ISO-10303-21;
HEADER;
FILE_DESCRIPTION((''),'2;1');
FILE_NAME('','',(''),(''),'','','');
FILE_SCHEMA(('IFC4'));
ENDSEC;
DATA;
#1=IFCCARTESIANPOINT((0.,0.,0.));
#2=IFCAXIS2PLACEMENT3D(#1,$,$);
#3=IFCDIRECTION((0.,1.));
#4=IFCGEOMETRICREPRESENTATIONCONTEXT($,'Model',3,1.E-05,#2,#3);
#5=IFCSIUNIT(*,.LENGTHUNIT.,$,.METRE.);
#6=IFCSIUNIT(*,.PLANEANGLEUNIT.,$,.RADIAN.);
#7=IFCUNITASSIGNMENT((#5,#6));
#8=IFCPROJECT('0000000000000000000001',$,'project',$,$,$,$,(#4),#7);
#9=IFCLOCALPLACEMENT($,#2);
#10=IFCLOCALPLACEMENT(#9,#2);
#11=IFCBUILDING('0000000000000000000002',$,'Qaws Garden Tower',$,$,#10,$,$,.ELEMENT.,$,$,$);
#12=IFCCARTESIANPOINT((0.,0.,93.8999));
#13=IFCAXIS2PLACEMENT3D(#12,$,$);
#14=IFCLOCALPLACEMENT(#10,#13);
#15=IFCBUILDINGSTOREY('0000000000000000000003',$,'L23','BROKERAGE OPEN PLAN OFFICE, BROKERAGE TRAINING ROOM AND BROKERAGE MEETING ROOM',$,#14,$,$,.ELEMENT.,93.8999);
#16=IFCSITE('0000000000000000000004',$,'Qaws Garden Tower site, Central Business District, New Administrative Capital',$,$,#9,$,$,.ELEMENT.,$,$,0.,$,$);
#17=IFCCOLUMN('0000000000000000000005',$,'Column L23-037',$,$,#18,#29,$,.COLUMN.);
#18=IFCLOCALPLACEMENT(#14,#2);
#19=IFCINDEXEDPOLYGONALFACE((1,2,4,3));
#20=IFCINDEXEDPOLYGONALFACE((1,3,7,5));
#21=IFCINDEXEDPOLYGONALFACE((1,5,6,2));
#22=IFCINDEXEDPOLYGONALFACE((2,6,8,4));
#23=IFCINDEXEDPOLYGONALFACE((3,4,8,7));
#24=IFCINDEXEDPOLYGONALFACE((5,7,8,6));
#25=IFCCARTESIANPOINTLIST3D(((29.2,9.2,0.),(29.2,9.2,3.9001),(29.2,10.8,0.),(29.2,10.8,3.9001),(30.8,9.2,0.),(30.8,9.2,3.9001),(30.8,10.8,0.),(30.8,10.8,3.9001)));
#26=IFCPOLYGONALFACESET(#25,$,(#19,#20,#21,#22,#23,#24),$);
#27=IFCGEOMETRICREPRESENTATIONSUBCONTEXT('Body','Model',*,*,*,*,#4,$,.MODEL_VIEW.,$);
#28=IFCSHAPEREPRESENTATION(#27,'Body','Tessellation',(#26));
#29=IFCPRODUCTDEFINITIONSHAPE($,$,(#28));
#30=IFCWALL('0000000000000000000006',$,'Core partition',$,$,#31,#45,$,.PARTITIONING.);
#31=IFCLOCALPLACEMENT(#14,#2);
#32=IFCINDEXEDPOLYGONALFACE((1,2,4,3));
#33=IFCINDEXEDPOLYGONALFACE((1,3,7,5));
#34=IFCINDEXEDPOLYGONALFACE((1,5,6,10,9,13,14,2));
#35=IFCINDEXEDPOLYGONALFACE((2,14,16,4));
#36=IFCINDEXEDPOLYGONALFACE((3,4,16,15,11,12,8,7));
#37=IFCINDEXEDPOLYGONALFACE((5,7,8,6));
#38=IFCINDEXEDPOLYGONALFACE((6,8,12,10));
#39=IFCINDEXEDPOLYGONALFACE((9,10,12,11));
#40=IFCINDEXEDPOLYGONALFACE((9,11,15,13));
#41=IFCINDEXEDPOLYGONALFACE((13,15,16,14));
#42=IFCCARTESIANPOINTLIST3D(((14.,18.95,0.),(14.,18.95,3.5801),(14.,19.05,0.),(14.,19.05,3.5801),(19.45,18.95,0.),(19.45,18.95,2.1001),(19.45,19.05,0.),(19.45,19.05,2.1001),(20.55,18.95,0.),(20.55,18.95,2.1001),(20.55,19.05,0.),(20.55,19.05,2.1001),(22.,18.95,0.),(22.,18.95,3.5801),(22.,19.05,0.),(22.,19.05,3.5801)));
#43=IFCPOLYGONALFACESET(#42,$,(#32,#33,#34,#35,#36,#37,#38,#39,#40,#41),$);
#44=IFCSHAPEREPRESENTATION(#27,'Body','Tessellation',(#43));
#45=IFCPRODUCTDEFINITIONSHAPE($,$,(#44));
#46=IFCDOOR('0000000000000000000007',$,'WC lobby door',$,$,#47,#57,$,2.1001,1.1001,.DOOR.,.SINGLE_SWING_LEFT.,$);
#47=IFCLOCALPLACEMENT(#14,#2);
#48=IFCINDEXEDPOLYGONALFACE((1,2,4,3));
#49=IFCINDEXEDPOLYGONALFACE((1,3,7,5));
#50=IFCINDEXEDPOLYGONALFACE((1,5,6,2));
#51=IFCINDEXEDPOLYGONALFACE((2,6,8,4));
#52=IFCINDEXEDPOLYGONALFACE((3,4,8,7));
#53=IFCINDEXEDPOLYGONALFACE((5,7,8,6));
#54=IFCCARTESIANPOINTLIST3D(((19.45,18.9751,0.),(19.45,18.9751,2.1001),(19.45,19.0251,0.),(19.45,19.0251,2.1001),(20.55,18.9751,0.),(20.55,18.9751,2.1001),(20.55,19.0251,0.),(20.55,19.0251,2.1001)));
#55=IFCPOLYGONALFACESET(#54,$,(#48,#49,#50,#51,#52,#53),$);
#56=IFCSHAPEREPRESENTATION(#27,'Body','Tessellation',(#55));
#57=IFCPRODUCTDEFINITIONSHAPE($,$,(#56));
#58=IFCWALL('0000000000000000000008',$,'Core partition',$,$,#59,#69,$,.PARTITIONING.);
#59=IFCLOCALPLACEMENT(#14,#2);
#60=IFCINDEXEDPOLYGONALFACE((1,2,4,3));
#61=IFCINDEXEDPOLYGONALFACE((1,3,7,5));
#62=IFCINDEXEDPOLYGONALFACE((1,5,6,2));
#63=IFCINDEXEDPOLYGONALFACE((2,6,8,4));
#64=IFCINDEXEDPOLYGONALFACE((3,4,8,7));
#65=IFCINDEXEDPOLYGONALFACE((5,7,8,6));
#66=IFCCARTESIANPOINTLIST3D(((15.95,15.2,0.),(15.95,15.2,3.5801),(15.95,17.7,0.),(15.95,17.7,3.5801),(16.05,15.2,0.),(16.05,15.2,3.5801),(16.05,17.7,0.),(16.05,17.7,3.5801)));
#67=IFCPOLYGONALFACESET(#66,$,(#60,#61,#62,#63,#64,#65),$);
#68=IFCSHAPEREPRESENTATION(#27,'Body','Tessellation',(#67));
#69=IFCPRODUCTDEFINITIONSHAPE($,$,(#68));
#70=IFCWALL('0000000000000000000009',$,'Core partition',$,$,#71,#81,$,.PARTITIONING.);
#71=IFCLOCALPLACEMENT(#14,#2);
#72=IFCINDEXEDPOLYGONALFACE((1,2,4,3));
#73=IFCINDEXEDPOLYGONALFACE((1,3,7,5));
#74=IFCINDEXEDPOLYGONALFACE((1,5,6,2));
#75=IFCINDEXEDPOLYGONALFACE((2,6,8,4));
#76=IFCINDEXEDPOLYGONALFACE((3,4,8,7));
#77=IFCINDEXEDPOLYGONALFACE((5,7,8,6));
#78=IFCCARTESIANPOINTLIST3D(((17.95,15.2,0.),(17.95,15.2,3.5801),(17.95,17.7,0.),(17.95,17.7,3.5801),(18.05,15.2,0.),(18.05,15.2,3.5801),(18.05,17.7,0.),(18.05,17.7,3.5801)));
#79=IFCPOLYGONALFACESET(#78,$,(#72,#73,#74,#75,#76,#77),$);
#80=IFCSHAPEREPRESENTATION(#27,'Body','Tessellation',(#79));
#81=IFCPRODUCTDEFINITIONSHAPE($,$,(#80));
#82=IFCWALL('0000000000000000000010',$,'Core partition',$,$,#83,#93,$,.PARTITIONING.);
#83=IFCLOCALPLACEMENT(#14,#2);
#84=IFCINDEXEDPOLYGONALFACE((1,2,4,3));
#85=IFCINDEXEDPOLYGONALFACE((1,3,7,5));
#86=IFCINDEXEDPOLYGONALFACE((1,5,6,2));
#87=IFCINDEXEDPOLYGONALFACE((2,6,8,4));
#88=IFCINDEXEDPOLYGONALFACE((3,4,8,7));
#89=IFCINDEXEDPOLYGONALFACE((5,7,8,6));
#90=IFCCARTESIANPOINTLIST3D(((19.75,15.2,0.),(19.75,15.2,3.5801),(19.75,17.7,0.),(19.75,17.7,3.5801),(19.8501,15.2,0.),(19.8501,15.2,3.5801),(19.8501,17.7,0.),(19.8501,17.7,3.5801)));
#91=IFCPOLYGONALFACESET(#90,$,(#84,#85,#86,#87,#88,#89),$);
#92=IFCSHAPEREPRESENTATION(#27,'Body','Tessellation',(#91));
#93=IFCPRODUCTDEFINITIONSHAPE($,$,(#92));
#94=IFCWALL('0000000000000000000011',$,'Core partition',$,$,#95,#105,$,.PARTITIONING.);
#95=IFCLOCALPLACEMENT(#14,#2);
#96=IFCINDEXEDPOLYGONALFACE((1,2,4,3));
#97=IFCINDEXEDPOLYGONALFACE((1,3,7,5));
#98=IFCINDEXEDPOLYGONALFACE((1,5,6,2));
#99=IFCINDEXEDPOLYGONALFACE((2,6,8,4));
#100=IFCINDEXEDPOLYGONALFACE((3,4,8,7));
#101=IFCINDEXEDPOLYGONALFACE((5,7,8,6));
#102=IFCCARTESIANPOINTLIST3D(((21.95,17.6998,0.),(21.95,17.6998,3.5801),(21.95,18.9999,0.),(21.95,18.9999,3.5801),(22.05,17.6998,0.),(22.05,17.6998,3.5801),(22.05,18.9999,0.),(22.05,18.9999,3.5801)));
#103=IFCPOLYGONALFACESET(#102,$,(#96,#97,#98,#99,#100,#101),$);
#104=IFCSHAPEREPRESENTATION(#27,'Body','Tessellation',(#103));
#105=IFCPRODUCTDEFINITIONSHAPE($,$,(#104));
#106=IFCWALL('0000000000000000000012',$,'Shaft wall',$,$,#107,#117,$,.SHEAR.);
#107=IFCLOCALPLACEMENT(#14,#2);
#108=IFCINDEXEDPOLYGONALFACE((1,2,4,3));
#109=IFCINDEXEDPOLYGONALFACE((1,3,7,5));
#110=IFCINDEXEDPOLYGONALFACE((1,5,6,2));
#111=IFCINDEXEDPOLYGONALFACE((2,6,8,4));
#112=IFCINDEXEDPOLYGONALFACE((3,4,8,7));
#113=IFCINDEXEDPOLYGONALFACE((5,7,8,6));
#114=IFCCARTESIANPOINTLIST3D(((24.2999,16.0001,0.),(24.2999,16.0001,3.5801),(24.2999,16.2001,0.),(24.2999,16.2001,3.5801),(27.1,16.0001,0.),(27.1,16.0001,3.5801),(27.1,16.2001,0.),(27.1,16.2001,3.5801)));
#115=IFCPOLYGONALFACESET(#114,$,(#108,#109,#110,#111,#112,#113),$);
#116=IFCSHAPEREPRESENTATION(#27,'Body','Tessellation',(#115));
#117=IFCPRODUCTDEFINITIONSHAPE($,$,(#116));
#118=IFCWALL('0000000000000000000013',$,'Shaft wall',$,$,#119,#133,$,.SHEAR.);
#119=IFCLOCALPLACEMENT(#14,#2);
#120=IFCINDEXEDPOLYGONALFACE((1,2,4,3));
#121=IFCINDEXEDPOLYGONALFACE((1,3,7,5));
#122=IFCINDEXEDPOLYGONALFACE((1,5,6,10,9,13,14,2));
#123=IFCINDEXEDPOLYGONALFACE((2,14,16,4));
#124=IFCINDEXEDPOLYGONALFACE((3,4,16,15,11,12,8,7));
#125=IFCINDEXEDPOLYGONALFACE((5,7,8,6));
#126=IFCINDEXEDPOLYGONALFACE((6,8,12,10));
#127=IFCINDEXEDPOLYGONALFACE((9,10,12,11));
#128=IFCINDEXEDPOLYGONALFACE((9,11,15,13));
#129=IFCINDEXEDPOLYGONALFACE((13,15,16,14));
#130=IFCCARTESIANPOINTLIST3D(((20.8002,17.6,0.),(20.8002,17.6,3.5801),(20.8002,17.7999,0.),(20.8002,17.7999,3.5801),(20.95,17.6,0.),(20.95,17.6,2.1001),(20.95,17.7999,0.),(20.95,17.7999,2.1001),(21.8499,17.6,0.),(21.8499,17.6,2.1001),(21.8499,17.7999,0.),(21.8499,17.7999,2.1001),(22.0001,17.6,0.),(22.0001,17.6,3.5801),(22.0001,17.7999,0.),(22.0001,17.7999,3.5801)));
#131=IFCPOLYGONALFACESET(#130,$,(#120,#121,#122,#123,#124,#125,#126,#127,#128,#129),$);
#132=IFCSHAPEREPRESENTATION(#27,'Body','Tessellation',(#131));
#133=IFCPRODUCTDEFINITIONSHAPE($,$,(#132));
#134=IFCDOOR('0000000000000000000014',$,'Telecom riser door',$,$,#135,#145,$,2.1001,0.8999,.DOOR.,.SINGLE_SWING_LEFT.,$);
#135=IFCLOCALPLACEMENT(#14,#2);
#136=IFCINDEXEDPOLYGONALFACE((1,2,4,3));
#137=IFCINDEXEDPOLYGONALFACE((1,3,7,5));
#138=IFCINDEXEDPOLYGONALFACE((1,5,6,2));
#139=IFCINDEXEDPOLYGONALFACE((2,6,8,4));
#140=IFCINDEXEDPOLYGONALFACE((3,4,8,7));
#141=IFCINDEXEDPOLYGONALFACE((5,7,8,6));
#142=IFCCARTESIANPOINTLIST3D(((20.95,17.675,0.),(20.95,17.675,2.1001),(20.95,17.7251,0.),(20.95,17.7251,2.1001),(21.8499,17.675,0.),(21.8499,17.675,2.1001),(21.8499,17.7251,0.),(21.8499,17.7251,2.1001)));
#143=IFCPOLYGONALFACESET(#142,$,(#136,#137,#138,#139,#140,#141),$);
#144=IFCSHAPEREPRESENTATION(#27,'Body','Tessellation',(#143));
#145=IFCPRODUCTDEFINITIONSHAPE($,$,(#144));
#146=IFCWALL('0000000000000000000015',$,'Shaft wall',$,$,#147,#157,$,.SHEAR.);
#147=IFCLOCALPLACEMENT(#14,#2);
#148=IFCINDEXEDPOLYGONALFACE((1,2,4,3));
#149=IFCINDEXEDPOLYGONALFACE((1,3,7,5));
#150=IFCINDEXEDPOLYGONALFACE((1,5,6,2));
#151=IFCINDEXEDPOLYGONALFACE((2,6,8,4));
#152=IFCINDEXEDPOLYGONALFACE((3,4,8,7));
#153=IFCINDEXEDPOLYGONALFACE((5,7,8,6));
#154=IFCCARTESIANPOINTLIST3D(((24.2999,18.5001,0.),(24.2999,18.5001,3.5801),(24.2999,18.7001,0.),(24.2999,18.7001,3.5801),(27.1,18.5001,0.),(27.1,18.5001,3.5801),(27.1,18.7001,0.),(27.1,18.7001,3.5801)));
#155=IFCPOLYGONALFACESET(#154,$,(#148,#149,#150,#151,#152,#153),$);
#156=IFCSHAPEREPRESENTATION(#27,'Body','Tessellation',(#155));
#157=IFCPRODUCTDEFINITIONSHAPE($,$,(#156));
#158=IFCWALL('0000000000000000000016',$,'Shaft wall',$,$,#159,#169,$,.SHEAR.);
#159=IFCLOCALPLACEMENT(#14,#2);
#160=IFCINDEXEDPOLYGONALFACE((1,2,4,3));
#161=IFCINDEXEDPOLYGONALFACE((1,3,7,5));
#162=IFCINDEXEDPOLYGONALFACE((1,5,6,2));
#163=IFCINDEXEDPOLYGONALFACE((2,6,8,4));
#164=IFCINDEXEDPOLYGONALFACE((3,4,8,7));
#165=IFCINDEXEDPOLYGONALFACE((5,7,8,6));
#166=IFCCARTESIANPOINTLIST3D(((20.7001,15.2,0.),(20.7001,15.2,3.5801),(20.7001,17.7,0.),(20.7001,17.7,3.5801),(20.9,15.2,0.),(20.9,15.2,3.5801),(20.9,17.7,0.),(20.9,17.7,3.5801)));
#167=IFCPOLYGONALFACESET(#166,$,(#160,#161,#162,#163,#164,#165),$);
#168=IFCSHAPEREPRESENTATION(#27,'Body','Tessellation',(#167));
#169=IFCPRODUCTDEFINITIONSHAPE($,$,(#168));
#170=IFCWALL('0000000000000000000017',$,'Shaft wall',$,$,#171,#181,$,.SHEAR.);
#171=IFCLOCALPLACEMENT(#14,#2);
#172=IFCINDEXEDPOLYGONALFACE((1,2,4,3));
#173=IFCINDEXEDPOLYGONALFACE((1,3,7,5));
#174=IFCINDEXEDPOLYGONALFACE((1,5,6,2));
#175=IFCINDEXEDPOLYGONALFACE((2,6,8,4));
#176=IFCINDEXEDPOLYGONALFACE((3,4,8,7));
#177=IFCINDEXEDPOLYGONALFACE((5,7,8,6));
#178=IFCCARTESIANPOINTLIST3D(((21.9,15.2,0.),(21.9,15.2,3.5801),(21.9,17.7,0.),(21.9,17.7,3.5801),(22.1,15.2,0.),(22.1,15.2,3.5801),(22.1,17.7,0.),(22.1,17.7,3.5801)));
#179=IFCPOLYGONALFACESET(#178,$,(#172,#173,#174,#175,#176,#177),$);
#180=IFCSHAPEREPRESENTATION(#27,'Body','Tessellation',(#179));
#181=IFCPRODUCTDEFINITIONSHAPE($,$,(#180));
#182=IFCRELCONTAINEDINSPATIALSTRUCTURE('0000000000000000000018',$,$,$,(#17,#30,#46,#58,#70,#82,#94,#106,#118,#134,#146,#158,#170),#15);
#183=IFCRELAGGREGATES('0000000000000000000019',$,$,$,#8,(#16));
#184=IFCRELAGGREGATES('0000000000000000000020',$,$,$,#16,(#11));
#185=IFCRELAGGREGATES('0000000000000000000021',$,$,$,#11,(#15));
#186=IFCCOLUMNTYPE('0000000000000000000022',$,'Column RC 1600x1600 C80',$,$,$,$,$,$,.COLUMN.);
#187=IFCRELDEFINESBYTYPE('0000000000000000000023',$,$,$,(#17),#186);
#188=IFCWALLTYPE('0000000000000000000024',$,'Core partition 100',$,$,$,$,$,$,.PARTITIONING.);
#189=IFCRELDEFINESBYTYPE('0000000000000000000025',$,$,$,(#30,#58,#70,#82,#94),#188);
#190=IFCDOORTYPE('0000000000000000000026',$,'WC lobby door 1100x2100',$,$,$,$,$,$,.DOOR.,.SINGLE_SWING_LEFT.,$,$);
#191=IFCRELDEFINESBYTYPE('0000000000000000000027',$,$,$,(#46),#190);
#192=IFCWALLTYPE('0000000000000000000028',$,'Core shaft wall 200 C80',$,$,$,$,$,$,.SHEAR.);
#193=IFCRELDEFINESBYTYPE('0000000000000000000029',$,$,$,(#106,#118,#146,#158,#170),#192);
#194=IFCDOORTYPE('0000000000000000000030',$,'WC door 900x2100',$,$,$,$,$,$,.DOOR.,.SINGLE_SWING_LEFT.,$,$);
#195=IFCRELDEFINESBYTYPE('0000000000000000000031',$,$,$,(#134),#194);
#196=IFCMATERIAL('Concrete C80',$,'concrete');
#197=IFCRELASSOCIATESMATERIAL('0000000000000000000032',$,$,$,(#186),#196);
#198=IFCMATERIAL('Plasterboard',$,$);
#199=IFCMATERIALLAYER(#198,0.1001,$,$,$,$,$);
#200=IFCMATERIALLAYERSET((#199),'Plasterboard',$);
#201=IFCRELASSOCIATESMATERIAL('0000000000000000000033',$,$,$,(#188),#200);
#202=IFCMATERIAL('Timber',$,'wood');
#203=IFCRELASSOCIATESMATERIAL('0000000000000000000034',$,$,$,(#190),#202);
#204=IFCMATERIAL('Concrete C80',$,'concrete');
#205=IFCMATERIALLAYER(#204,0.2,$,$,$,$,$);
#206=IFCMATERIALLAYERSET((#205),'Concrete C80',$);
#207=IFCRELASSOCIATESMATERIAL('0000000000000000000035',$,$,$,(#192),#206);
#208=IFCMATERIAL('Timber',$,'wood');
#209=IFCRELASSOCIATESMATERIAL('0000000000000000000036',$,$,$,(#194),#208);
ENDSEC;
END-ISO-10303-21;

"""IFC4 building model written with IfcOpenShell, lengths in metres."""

from ifc_helpers import new_model, si_unit, direction, frame, frame_2d, origin, origin_2d, place, context, subcontext, project, spatial, rectangle, extrude, material, layer, layer_set, material_profile, profile_set, type_object, element, fill, save


model = new_model("IFC4")

# Units and contexts
model_context = context("Model", 3, precision=1e-05, world=origin(), true_north=direction((0.0, 1.0)))
body_context = subcontext(model_context, "Body", "Model", "MODEL_VIEW")
ifc_project = project(units=[si_unit("LENGTHUNIT", "METRE"), si_unit("PLANEANGLEUNIT", "RADIAN")], contexts=[model_context])

# Site, building, storey
site_placement = place(None, origin())
site = spatial("IfcSite", under=ifc_project, at=site_placement, Name="Qaws Garden Tower site, Central Business District, New Administrative Capital", CompositionType="ELEMENT", RefElevation=0.0)
building_placement = place(site_placement, origin())
building = spatial("IfcBuilding", under=site, at=building_placement, Name="Qaws Garden Tower", CompositionType="ELEMENT")
storey_placement = place(building_placement, frame((0.0, 0.0, 93.8999)))
storey = spatial("IfcBuildingStorey", under=building, at=storey_placement, Name="L23", Description="BROKERAGE OPEN PLAN OFFICE, BROKERAGE TRAINING ROOM AND BROKERAGE MEETING ROOM", CompositionType="ELEMENT", Elevation=93.8999)

# Column
ifc_material_1 = material(Name="Concrete C80", Category="concrete")
ifc_material_profile = material_profile(ifc_material_1, rectangle(XDim=1.6001, YDim=1.6001, at=origin_2d()), Name="RC 1600x1600")
ifc_profile_set = profile_set([ifc_material_profile], Name="Concrete C80")
column_type = type_object("IfcColumnType", Name="Column RC 1600x1600 C80", PredefinedType="COLUMN", material=ifc_profile_set)
column_placement = place(storey_placement, frame((30.0, 10.0, 0.0), z_axis=(0.0, 0.0, 1.0), x_axis=(1.0, 0.0, 0.0)))
element("IfcColumn", 1, at=column_placement, inside=storey, type_object=column_type, Name="Column L23-037", PredefinedType="COLUMN", context=body_context, shape_type="SweptSolid", body=[
    extrude(rectangle(XDim=1.6001, YDim=1.6001, at=origin_2d()), origin(), (0.0, 0.0, 1.0), 3.9001),
])

# Wall, opening, door
ifc_material_2 = material(Name="Plasterboard")
ifc_layer_1 = layer(ifc_material_2, 0.1001)
ifc_layer_set_1 = layer_set([ifc_layer_1], Name="Plasterboard")
wall_type_1 = type_object("IfcWallType", Name="Core partition 100", PredefinedType="PARTITIONING", material=ifc_layer_set_1)
wall_1_placement = place(storey_placement, frame((14.0, 19.0, 0.0), z_axis=(0.0, 0.0, 1.0), x_axis=(1.0, 0.0, 0.0)))
wall_1 = element("IfcWall", 2, at=wall_1_placement, inside=storey, type_object=wall_type_1, Name="Core partition", PredefinedType="PARTITIONING", context=body_context, shape_type="SweptSolid", body=[
    extrude(rectangle(XDim=8.0, YDim=0.1001, at=frame_2d((4.0, 0.0))), origin(), (0.0, 0.0, 1.0), 3.5801),
])
opening_1_placement = place(wall_1_placement, frame((5.45, 0.0, 0.0)))
opening_1 = element("IfcOpeningElement", 3, at=opening_1_placement, cuts=wall_1, PredefinedType="OPENING", context=body_context, shape_type="SweptSolid", body=[
    extrude(rectangle(XDim=1.1001, YDim=2.1001, at=frame_2d((0.55, 1.05))), frame((0.0, 0.0601, 0.0), z_axis=(0.0, -1.0, 0.0), x_axis=(1.0, 0.0, 0.0)), (0.0, 0.0, 1.0), 0.1201),
])
ifc_material_3 = material(Name="Timber", Category="wood")
door_type_1 = type_object("IfcDoorType", Name="WC lobby door 1100x2100", OperationType="SINGLE_SWING_LEFT", PredefinedType="DOOR", material=ifc_material_3)
door_1_placement = place(opening_1_placement, frame((1.1001, 0.0, 0.0), z_axis=(0.0, 0.0, 1.0), x_axis=(-1.0, 0.0, 0.0)))
door_1 = element("IfcDoor", 4, at=door_1_placement, inside=storey, type_object=door_type_1, Name="WC lobby door", OperationType="SINGLE_SWING_LEFT", OverallHeight=2.1001, OverallWidth=1.1001, PredefinedType="DOOR", context=body_context, shape_type="SweptSolid", body=[
    extrude(rectangle(XDim=1.1001, YDim=2.1001, at=frame_2d((0.55, 1.05))), frame((0.0, 0.0249, 0.0), z_axis=(0.0, -1.0, 0.0), x_axis=(1.0, 0.0, 0.0)), (0.0, 0.0, 1.0), 0.05),
])
fill(opening_1, door_1)

# Walls
for number, where, z_axis, x_axis, name in (
    (5, (16.0, 15.2, 0.0), (0.0, 0.0, 1.0), (0.0, 1.0, 0.0), "Core partition"),
    (6, (18.0, 15.2, 0.0), (0.0, 0.0, 1.0), (0.0, 1.0, 0.0), "Core partition"),
    (7, (19.8, 15.2, 0.0), (0.0, 0.0, 1.0), (0.0, 1.0, 0.0), "Core partition"),
):
    element("IfcWall", number, at=place(storey_placement, frame(where, z_axis=z_axis, x_axis=x_axis)), inside=storey, type_object=wall_type_1, Name=name, PredefinedType="PARTITIONING", context=body_context, shape_type="SweptSolid", body=[
        extrude(rectangle(XDim=2.5, YDim=0.1001, at=frame_2d((1.25, 0.0))), origin(), (0.0, 0.0, 1.0), 3.5801),
    ])
wall_2_placement = place(storey_placement, frame((22.0, 17.7, 0.0), z_axis=(0.0, 0.0, 1.0), x_axis=(0.0, 1.0, 0.0)))
element("IfcWall", 8, at=wall_2_placement, inside=storey, type_object=wall_type_1, Name="Core partition", PredefinedType="PARTITIONING", context=body_context, shape_type="SweptSolid", body=[
    extrude(rectangle(XDim=1.3, YDim=0.1001, at=frame_2d((0.6499, 0.0))), origin(), (0.0, 0.0, 1.0), 3.5801),
])
ifc_material_4 = material(Name="Concrete C80", Category="concrete")
ifc_layer_2 = layer(ifc_material_4, 0.2)
ifc_layer_set_2 = layer_set([ifc_layer_2], Name="Concrete C80")
wall_type_2 = type_object("IfcWallType", Name="Core shaft wall 200 C80", PredefinedType="SHEAR", material=ifc_layer_set_2)
wall_3_placement = place(storey_placement, frame((24.3, 16.1001, 0.0), z_axis=(0.0, 0.0, 1.0), x_axis=(1.0, 0.0, 0.0)))
element("IfcWall", 9, at=wall_3_placement, inside=storey, type_object=wall_type_2, Name="Shaft wall", PredefinedType="SHEAR", context=body_context, shape_type="SweptSolid", body=[
    extrude(rectangle(XDim=2.8, YDim=0.2, at=frame_2d((1.3999, 0.0))), origin(), (0.0, 0.0, 1.0), 3.5801),
])

# Wall, opening, door
wall_4_placement = place(storey_placement, frame((20.8, 17.7, 0.0), z_axis=(0.0, 0.0, 1.0), x_axis=(1.0, 0.0, 0.0)))
wall_4 = element("IfcWall", 10, at=wall_4_placement, inside=storey, type_object=wall_type_2, Name="Shaft wall", PredefinedType="SHEAR", context=body_context, shape_type="SweptSolid", body=[
    extrude(rectangle(XDim=1.2, YDim=0.2, at=frame_2d((0.6001, 0.0))), origin(), (0.0, 0.0, 1.0), 3.5801),
])
opening_2_placement = place(wall_4_placement, frame((0.1499, 0.0, 0.0)))
opening_2 = element("IfcOpeningElement", 11, at=opening_2_placement, cuts=wall_4, PredefinedType="OPENING", context=body_context, shape_type="SweptSolid", body=[
    extrude(rectangle(XDim=0.8999, YDim=2.1001, at=frame_2d((0.45, 1.05))), frame((0.0, 0.1099, 0.0), z_axis=(0.0, -1.0, 0.0), x_axis=(1.0, 0.0, 0.0)), (0.0, 0.0, 1.0), 0.22),
])
ifc_material_5 = material(Name="Timber", Category="wood")
door_type_2 = type_object("IfcDoorType", Name="WC door 900x2100", OperationType="SINGLE_SWING_LEFT", PredefinedType="DOOR", material=ifc_material_5)
door_2_placement = place(opening_2_placement, frame((0.8999, 0.0, 0.0), z_axis=(0.0, 0.0, 1.0), x_axis=(-1.0, 0.0, 0.0)))
door_2 = element("IfcDoor", 12, at=door_2_placement, inside=storey, type_object=door_type_2, Name="Telecom riser door", OperationType="SINGLE_SWING_LEFT", OverallHeight=2.1001, OverallWidth=0.8999, PredefinedType="DOOR", context=body_context, shape_type="SweptSolid", body=[
    extrude(rectangle(XDim=0.8999, YDim=2.1001, at=frame_2d((0.45, 1.05))), frame((0.0, 0.0249, 0.0), z_axis=(0.0, -1.0, 0.0), x_axis=(1.0, 0.0, 0.0)), (0.0, 0.0, 1.0), 0.05),
])
fill(opening_2, door_2)

# Walls
wall_5_placement = place(storey_placement, frame((24.3, 18.6001, 0.0), z_axis=(0.0, 0.0, 1.0), x_axis=(1.0, 0.0, 0.0)))
element("IfcWall", 13, at=wall_5_placement, inside=storey, type_object=wall_type_2, Name="Shaft wall", PredefinedType="SHEAR", context=body_context, shape_type="SweptSolid", body=[
    extrude(rectangle(XDim=2.8, YDim=0.2, at=frame_2d((1.3999, 0.0))), origin(), (0.0, 0.0, 1.0), 3.5801),
])
for number, where, z_axis, x_axis, name in (
    (14, (20.8, 15.2, 0.0), (0.0, 0.0, 1.0), (0.0, 1.0, 0.0), "Shaft wall"),
    (15, (22.0, 15.2, 0.0), (0.0, 0.0, 1.0), (0.0, 1.0, 0.0), "Shaft wall"),
):
    element("IfcWall", number, at=place(storey_placement, frame(where, z_axis=z_axis, x_axis=x_axis)), inside=storey, type_object=wall_type_2, Name=name, PredefinedType="SHEAR", context=body_context, shape_type="SweptSolid", body=[
        extrude(rectangle(XDim=2.5, YDim=0.2, at=frame_2d((1.25, 0.0))), origin(), (0.0, 0.0, 1.0), 3.5801),
    ])

save(model, "model.ifc")
